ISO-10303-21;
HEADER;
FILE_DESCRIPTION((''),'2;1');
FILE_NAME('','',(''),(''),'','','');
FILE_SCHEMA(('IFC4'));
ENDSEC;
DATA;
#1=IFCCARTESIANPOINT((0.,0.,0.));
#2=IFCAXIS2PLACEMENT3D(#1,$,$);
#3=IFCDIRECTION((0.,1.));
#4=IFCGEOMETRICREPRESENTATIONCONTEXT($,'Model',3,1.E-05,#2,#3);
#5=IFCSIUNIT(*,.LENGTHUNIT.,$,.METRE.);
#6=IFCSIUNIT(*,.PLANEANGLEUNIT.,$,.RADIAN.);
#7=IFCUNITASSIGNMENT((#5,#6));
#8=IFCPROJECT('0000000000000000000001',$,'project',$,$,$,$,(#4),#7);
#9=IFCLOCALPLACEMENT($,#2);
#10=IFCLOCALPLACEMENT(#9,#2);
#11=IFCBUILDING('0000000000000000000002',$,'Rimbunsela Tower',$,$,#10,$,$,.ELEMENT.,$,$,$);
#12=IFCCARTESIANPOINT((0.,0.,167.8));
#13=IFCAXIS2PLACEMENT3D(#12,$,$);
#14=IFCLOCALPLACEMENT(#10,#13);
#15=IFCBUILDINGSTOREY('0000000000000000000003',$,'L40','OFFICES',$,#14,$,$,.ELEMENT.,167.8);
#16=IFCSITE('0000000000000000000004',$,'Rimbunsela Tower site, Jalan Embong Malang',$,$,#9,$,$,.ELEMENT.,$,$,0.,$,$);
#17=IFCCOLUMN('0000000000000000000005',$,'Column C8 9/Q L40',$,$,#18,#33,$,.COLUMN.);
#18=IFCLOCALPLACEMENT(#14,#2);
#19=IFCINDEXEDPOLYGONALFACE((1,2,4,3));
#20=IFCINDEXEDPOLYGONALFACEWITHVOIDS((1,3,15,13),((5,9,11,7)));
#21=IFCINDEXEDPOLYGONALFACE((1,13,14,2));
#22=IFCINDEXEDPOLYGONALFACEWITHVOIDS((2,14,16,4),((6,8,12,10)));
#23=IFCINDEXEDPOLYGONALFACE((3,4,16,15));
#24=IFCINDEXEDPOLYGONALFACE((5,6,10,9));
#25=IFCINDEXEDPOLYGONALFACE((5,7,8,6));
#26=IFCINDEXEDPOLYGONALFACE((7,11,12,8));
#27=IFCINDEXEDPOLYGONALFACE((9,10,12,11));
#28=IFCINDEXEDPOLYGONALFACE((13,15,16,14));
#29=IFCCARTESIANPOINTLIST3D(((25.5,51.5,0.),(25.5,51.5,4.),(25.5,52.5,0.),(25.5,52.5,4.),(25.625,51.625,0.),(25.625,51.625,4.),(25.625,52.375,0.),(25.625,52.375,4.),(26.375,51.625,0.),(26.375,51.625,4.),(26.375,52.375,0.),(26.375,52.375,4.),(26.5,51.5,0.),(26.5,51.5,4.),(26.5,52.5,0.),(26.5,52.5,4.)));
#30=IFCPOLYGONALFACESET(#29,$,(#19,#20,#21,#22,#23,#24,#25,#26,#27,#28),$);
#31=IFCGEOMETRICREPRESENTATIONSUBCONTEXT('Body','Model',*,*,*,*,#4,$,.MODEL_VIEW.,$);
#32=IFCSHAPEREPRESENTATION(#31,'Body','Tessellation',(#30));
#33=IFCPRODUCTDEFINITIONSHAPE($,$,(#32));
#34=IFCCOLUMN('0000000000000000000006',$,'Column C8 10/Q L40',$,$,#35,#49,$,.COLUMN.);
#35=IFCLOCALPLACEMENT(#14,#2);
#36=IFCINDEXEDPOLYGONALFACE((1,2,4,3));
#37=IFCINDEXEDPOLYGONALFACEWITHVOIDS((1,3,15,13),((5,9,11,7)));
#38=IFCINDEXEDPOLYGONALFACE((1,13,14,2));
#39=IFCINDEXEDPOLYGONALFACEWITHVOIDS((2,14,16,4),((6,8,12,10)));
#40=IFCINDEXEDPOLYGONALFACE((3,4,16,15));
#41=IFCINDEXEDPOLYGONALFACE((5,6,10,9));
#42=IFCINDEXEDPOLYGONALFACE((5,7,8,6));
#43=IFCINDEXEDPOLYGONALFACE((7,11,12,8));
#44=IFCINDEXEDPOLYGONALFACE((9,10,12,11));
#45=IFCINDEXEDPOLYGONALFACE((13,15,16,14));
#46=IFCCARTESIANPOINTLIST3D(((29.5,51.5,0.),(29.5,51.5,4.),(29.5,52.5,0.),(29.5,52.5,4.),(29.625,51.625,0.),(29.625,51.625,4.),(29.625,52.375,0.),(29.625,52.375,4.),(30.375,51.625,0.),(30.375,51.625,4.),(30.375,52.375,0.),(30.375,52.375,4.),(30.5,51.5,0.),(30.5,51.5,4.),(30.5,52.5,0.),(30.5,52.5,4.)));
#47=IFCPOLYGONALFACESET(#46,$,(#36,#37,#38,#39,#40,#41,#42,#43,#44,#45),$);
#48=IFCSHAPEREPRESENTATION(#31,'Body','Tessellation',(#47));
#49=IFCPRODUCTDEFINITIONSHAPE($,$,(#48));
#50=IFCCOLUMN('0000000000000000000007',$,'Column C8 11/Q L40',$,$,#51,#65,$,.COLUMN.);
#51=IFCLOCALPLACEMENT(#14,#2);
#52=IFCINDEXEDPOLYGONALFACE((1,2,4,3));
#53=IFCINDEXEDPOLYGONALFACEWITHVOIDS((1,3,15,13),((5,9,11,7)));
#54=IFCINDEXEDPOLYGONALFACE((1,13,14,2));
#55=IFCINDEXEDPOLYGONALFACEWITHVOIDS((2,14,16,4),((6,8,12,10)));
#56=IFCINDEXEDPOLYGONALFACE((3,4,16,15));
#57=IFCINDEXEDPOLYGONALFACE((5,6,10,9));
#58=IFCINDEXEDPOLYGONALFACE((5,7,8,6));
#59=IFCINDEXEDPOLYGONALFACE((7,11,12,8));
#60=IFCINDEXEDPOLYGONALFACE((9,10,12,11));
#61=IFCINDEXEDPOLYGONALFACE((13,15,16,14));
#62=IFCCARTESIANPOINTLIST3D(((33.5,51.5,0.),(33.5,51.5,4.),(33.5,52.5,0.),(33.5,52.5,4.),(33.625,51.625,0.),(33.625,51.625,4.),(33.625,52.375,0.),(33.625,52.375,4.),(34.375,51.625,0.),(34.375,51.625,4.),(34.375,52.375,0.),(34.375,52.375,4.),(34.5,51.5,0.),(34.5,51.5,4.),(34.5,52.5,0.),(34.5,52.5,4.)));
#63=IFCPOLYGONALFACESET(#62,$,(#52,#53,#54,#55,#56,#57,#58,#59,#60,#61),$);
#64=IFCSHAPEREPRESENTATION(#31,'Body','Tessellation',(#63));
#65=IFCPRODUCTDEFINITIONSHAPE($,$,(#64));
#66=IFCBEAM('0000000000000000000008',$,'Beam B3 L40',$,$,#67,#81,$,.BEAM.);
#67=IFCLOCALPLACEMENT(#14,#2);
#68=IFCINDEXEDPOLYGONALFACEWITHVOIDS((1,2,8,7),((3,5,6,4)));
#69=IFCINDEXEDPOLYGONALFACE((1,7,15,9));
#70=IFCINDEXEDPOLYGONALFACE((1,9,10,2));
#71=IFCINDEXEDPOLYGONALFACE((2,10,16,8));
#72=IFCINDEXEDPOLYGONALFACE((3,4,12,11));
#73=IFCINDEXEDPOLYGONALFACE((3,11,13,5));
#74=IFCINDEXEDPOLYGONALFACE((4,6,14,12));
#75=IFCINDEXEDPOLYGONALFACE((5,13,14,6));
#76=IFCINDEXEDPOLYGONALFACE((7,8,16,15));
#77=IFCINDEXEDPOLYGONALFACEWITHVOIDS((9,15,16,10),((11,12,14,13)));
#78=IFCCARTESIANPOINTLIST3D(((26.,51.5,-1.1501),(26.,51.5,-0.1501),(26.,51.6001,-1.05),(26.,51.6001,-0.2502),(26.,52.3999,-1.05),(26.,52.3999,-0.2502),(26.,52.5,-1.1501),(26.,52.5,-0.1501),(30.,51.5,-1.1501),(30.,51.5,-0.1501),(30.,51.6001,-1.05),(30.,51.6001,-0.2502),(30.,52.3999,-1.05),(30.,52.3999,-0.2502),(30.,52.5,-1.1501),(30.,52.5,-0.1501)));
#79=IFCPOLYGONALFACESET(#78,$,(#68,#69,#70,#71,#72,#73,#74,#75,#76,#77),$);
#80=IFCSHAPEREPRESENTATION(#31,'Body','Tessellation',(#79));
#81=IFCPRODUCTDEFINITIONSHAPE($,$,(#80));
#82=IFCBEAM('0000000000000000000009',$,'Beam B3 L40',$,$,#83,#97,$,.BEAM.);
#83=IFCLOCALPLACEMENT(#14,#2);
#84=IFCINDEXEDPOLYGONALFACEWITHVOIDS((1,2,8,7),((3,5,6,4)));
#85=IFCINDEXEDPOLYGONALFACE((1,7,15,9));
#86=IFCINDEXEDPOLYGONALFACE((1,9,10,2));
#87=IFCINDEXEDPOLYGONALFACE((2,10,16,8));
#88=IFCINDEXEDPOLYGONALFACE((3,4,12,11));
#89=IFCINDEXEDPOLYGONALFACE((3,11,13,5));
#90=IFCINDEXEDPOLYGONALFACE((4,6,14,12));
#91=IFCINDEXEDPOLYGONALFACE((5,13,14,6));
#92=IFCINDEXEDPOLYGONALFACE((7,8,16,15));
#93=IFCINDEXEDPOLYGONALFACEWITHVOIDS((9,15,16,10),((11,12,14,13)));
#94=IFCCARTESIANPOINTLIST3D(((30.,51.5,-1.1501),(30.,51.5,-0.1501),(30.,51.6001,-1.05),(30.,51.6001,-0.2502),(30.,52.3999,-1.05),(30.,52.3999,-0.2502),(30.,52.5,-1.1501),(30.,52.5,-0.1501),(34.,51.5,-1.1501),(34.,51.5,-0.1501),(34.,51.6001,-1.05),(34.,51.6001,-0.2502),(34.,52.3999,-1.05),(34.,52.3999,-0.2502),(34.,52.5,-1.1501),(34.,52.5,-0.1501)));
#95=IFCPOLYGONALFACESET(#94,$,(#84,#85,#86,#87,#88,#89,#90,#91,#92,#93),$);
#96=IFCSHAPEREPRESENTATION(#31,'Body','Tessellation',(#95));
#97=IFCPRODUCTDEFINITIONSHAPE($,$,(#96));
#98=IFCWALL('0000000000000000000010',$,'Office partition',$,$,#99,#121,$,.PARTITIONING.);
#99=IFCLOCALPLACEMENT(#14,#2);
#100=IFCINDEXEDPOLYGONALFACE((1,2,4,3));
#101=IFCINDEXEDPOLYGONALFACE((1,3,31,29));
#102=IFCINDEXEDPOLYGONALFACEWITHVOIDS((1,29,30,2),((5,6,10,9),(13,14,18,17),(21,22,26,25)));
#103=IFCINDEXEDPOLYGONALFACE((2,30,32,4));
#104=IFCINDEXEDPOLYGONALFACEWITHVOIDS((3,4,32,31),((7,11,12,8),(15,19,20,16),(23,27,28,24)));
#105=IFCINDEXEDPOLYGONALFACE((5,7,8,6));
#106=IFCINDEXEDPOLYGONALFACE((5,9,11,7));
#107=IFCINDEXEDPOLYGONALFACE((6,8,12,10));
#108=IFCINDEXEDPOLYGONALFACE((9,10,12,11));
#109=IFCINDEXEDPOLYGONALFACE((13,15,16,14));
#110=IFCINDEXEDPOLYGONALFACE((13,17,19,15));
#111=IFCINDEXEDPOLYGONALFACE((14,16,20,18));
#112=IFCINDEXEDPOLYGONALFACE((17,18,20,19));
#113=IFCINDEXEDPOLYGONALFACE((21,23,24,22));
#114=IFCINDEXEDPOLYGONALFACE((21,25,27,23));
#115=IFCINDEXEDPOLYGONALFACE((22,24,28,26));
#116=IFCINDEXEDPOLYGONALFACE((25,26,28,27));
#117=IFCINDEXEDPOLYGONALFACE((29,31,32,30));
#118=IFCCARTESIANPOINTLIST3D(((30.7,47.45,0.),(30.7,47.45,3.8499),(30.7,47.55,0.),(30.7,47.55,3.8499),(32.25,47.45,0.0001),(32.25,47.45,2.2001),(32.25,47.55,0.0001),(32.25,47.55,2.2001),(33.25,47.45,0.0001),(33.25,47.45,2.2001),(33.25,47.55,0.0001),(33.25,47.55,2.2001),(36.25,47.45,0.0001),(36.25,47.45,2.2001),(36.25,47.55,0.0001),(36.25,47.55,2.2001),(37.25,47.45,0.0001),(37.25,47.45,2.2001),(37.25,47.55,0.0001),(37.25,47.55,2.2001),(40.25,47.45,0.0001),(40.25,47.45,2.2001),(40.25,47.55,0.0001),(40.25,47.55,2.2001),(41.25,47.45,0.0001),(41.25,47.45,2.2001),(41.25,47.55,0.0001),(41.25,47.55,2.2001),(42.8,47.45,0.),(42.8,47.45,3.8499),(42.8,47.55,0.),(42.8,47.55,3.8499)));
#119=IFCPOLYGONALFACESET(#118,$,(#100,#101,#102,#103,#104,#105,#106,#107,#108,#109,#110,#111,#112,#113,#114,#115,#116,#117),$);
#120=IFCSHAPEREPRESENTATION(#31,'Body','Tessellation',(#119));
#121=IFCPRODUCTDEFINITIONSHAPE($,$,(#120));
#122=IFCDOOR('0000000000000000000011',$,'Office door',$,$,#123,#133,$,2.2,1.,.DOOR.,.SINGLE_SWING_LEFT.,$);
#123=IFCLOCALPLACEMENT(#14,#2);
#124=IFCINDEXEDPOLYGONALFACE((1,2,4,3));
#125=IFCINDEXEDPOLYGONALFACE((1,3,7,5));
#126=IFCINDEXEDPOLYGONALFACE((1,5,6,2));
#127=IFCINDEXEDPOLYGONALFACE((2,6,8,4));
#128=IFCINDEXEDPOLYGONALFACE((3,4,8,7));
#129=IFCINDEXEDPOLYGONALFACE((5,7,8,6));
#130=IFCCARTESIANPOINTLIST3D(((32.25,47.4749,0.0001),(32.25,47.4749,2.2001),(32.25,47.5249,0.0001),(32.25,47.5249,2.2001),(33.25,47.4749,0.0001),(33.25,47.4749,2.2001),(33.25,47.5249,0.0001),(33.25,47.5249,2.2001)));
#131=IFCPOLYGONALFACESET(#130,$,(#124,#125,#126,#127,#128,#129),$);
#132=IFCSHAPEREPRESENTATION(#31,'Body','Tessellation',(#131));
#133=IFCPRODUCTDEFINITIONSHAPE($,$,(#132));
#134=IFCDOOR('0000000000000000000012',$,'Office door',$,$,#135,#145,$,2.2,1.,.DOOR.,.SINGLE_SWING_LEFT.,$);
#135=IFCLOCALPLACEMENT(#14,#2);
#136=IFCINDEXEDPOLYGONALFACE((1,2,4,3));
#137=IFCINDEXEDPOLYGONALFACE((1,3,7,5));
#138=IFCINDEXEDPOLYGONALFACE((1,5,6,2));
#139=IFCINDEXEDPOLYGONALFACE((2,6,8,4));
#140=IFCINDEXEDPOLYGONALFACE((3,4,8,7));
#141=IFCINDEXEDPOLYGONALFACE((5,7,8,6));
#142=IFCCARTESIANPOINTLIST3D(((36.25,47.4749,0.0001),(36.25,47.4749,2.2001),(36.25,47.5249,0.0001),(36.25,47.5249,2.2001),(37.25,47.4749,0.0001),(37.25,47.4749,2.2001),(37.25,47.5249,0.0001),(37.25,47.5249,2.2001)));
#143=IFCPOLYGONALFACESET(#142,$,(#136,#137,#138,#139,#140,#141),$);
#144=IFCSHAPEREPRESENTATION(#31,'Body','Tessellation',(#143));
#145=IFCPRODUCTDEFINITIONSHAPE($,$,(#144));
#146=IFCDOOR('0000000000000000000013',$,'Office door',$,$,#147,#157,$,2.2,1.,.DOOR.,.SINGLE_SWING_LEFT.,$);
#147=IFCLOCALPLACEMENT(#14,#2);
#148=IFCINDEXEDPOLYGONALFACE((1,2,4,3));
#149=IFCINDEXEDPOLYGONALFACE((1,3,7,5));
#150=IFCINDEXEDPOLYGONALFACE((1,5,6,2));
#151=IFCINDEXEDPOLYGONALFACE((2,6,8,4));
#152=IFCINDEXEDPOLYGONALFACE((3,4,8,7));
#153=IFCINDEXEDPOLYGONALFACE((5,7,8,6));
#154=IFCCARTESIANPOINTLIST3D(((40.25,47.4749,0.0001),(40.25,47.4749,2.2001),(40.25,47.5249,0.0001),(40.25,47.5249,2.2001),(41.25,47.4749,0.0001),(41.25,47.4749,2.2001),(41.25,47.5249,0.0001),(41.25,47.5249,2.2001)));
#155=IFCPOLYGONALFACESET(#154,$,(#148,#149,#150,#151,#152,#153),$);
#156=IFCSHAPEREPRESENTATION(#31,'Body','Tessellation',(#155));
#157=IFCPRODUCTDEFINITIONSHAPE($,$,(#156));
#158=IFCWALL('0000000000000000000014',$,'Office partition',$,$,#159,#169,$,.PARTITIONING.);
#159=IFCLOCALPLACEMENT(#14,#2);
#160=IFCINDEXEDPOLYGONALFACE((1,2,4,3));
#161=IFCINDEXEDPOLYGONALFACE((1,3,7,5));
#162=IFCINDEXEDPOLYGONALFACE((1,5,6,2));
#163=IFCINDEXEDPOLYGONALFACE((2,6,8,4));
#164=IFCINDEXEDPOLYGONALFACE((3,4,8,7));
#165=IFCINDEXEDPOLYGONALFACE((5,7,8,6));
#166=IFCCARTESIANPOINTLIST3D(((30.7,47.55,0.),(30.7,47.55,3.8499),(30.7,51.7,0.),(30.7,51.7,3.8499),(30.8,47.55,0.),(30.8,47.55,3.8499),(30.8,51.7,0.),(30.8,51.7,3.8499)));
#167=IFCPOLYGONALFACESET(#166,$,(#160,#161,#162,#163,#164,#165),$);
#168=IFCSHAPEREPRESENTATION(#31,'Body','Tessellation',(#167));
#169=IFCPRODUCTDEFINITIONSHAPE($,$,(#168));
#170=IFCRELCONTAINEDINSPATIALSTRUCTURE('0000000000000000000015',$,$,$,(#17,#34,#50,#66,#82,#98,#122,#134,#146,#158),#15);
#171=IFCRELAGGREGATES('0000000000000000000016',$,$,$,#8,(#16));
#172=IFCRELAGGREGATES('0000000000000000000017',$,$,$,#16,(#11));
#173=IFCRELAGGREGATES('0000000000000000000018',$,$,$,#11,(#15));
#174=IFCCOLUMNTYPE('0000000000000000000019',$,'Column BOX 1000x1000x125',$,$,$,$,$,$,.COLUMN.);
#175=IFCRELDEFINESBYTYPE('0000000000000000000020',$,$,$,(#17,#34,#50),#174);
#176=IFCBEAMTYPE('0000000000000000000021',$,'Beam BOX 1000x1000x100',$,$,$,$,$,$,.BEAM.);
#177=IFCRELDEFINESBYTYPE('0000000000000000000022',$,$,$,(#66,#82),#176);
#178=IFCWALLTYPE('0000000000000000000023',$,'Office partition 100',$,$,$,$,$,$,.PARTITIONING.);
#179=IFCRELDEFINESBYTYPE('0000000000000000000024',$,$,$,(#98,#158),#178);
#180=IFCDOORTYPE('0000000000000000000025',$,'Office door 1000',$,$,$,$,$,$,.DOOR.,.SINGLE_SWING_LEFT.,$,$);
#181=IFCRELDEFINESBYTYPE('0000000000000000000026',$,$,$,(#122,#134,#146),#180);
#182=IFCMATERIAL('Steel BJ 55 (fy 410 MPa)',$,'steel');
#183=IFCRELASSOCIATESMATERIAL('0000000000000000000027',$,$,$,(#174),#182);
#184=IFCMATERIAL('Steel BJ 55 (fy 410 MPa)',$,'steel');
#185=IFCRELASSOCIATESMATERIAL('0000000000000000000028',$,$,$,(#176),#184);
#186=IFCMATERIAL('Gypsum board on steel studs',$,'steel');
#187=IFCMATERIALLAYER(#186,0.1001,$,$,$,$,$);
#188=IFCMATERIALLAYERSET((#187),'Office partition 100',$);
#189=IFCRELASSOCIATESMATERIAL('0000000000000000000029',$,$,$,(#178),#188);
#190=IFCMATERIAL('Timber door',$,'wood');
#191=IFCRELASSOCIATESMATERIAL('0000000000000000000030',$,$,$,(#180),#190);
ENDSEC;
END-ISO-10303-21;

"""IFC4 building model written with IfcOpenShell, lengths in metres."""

from ifc_helpers import new_model, si_unit, direction, frame, frame_2d, origin, origin_2d, place, context, subcontext, project, spatial, rectangle, hollow_rectangle, extrude, material, layer, layer_set, material_profile, profile_set, type_object, element, fill, save


model = new_model("IFC4")

# Units and contexts
model_context = context("Model", 3, precision=1e-05, world=origin(), true_north=direction((0.0, 1.0)))
body_context = subcontext(model_context, "Body", "Model", "MODEL_VIEW")
ifc_project = project(units=[si_unit("LENGTHUNIT", "METRE"), si_unit("PLANEANGLEUNIT", "RADIAN")], contexts=[model_context])

# Site, building, storey
site_placement = place(None, origin())
site = spatial("IfcSite", under=ifc_project, at=site_placement, Name="Rimbunsela Tower site, Jalan Embong Malang", CompositionType="ELEMENT", RefElevation=0.0)
building_placement = place(site_placement, origin())
building = spatial("IfcBuilding", under=site, at=building_placement, Name="Rimbunsela Tower", CompositionType="ELEMENT")
storey_placement = place(building_placement, frame((0.0, 0.0, 167.8)))
storey = spatial("IfcBuildingStorey", under=building, at=storey_placement, Name="L40", Description="OFFICES", CompositionType="ELEMENT", Elevation=167.8)

# Columns
ifc_material_1 = material(Name="Steel BJ 55 (fy 410 MPa)", Category="steel")
ifc_material_profile_1 = material_profile(ifc_material_1, hollow_rectangle(XDim=1.0, YDim=1.0, WallThickness=0.125, at=origin_2d()), Name="BOX 1000x1000x125")
ifc_profile_set_1 = profile_set([ifc_material_profile_1], Name="Steel BJ 55 (fy 410 MPa)")
column_type = type_object("IfcColumnType", Name="Column BOX 1000x1000x125", PredefinedType="COLUMN", material=ifc_profile_set_1)
for number, where, z_axis, x_axis, name in (
    (1, (26.0, 52.0, 0.0), (0.0, 0.0, 1.0), (1.0, 0.0, 0.0), "Column C8 9/Q L40"),
    (2, (30.0, 52.0, 0.0), (0.0, 0.0, 1.0), (1.0, 0.0, 0.0), "Column C8 10/Q L40"),
    (3, (34.0, 52.0, 0.0), (0.0, 0.0, 1.0), (1.0, 0.0, 0.0), "Column C8 11/Q L40"),
):
    element("IfcColumn", number, at=place(storey_placement, frame(where, z_axis=z_axis, x_axis=x_axis)), inside=storey, type_object=column_type, Name=name, PredefinedType="COLUMN", context=body_context, shape_type="SweptSolid", body=[
        extrude(hollow_rectangle(XDim=1.0, YDim=1.0, WallThickness=0.125, at=origin_2d()), origin(), (0.0, 0.0, 1.0), 4.0),
    ])

# Beams
ifc_material_2 = material(Name="Steel BJ 55 (fy 410 MPa)", Category="steel")
ifc_material_profile_2 = material_profile(ifc_material_2, hollow_rectangle(XDim=1.0, YDim=1.0, WallThickness=0.1001, at=origin_2d()), Name="BOX 1000x1000x100")
ifc_profile_set_2 = profile_set([ifc_material_profile_2], Name="Steel BJ 55 (fy 410 MPa)")
beam_type = type_object("IfcBeamType", Name="Beam BOX 1000x1000x100", PredefinedType="BEAM", material=ifc_profile_set_2)
for number, where, z_axis, x_axis, name in (
    (4, (26.0, 52.0, -0.6501), (1.0, 0.0, 0.0), (0.0, 1.0, 0.0), "Beam B3 L40"),
    (5, (30.0, 52.0, -0.6501), (1.0, 0.0, 0.0), (0.0, 1.0, 0.0), "Beam B3 L40"),
):
    element("IfcBeam", number, at=place(storey_placement, frame(where, z_axis=z_axis, x_axis=x_axis)), inside=storey, type_object=beam_type, Name=name, PredefinedType="BEAM", context=body_context, shape_type="SweptSolid", body=[
        extrude(hollow_rectangle(XDim=1.0, YDim=1.0, WallThickness=0.1001, at=origin_2d()), origin(), (0.0, 0.0, 1.0), 4.0),
    ])

# Wall, openings, doors
ifc_material_3 = material(Name="Gypsum board on steel studs", Category="steel")
ifc_layer_1 = layer(ifc_material_3, 0.1001)
ifc_layer_set_1 = layer_set([ifc_layer_1], Name="Office partition 100")
wall_type_1 = type_object("IfcWallType", Name="Office partition 100", PredefinedType="PARTITIONING", material=ifc_layer_set_1)
wall_1_placement = place(storey_placement, frame((30.7, 47.5, 0.0), z_axis=(0.0, 0.0, 1.0), x_axis=(1.0, 0.0, 0.0)))
wall_1 = element("IfcWall", 6, at=wall_1_placement, inside=storey, type_object=wall_type_1, Name="Office partition", PredefinedType="PARTITIONING", context=body_context, shape_type="SweptSolid", body=[
    extrude(rectangle(XDim=12.1001, YDim=0.1001, at=frame_2d((6.05, 0.0))), origin(), (0.0, 0.0, 1.0), 3.8499),
])
opening_1_placement = place(wall_1_placement, frame((1.55, 0.0, 0.0)))
opening_1 = element("IfcOpeningElement", 7, at=opening_1_placement, cuts=wall_1, PredefinedType="OPENING", context=body_context, shape_type="SweptSolid", body=[
    extrude(rectangle(XDim=1.0, YDim=2.2, at=frame_2d((0.5, 1.1001))), frame((0.0, 0.0601, 0.0), z_axis=(0.0, -1.0, 0.0), x_axis=(1.0, 0.0, 0.0)), (0.0, 0.0, 1.0), 0.1201),
])
opening_2_placement = place(wall_1_placement, frame((5.55, 0.0, 0.0)))
opening_2 = element("IfcOpeningElement", 8, at=opening_2_placement, cuts=wall_1, PredefinedType="OPENING", context=body_context, shape_type="SweptSolid", body=[
    extrude(rectangle(XDim=1.0, YDim=2.2, at=frame_2d((0.5, 1.1001))), frame((0.0, 0.0601, 0.0), z_axis=(0.0, -1.0, 0.0), x_axis=(1.0, 0.0, 0.0)), (0.0, 0.0, 1.0), 0.1201),
])
opening_3_placement = place(wall_1_placement, frame((9.55, 0.0, 0.0)))
opening_3 = element("IfcOpeningElement", 9, at=opening_3_placement, cuts=wall_1, PredefinedType="OPENING", context=body_context, shape_type="SweptSolid", body=[
    extrude(rectangle(XDim=1.0, YDim=2.2, at=frame_2d((0.5, 1.1001))), frame((0.0, 0.0601, 0.0), z_axis=(0.0, -1.0, 0.0), x_axis=(1.0, 0.0, 0.0)), (0.0, 0.0, 1.0), 0.1201),
])
ifc_material_4 = material(Name="Timber door", Category="wood")
door_type_1 = type_object("IfcDoorType", Name="Office door 1000", OperationType="SINGLE_SWING_LEFT", PredefinedType="DOOR", material=ifc_material_4)
door_1_placement = place(opening_1_placement, origin())
door_1 = element("IfcDoor", 10, at=door_1_placement, inside=storey, type_object=door_type_1, Name="Office door", OperationType="SINGLE_SWING_LEFT", OverallHeight=2.2, OverallWidth=1.0, PredefinedType="DOOR", context=body_context, shape_type="SweptSolid", body=[
    extrude(rectangle(XDim=1.0, YDim=2.2, at=frame_2d((0.5, 1.1001))), frame((0.0, 0.0249, 0.0), z_axis=(0.0, -1.0, 0.0), x_axis=(1.0, 0.0, 0.0)), (0.0, 0.0, 1.0), 0.05),
])
fill(opening_1, door_1)
door_2_placement = place(opening_2_placement, origin())
door_2 = element("IfcDoor", 11, at=door_2_placement, inside=storey, type_object=door_type_1, Name="Office door", OperationType="SINGLE_SWING_LEFT", OverallHeight=2.2, OverallWidth=1.0, PredefinedType="DOOR", context=body_context, shape_type="SweptSolid", body=[
    extrude(rectangle(XDim=1.0, YDim=2.2, at=frame_2d((0.5, 1.1001))), frame((0.0, 0.0249, 0.0), z_axis=(0.0, -1.0, 0.0), x_axis=(1.0, 0.0, 0.0)), (0.0, 0.0, 1.0), 0.05),
])
fill(opening_2, door_2)
door_3_placement = place(opening_3_placement, origin())
door_3 = element("IfcDoor", 12, at=door_3_placement, inside=storey, type_object=door_type_1, Name="Office door", OperationType="SINGLE_SWING_LEFT", OverallHeight=2.2, OverallWidth=1.0, PredefinedType="DOOR", context=body_context, shape_type="SweptSolid", body=[
    extrude(rectangle(XDim=1.0, YDim=2.2, at=frame_2d((0.5, 1.1001))), frame((0.0, 0.0249, 0.0), z_axis=(0.0, -1.0, 0.0), x_axis=(1.0, 0.0, 0.0)), (0.0, 0.0, 1.0), 0.05),
])
fill(opening_3, door_3)

# Wall
wall_2_placement = place(storey_placement, frame((30.75, 47.55, 0.0), z_axis=(0.0, 0.0, 1.0), x_axis=(0.0, 1.0, 0.0)))
element("IfcWall", 13, at=wall_2_placement, inside=storey, type_object=wall_type_1, Name="Office partition", PredefinedType="PARTITIONING", context=body_context, shape_type="SweptSolid", body=[
    extrude(rectangle(XDim=4.1499, YDim=0.1001, at=frame_2d((2.075, 0.0))), origin(), (0.0, 0.0, 1.0), 3.8499),
])

save(model, "model.ifc")
